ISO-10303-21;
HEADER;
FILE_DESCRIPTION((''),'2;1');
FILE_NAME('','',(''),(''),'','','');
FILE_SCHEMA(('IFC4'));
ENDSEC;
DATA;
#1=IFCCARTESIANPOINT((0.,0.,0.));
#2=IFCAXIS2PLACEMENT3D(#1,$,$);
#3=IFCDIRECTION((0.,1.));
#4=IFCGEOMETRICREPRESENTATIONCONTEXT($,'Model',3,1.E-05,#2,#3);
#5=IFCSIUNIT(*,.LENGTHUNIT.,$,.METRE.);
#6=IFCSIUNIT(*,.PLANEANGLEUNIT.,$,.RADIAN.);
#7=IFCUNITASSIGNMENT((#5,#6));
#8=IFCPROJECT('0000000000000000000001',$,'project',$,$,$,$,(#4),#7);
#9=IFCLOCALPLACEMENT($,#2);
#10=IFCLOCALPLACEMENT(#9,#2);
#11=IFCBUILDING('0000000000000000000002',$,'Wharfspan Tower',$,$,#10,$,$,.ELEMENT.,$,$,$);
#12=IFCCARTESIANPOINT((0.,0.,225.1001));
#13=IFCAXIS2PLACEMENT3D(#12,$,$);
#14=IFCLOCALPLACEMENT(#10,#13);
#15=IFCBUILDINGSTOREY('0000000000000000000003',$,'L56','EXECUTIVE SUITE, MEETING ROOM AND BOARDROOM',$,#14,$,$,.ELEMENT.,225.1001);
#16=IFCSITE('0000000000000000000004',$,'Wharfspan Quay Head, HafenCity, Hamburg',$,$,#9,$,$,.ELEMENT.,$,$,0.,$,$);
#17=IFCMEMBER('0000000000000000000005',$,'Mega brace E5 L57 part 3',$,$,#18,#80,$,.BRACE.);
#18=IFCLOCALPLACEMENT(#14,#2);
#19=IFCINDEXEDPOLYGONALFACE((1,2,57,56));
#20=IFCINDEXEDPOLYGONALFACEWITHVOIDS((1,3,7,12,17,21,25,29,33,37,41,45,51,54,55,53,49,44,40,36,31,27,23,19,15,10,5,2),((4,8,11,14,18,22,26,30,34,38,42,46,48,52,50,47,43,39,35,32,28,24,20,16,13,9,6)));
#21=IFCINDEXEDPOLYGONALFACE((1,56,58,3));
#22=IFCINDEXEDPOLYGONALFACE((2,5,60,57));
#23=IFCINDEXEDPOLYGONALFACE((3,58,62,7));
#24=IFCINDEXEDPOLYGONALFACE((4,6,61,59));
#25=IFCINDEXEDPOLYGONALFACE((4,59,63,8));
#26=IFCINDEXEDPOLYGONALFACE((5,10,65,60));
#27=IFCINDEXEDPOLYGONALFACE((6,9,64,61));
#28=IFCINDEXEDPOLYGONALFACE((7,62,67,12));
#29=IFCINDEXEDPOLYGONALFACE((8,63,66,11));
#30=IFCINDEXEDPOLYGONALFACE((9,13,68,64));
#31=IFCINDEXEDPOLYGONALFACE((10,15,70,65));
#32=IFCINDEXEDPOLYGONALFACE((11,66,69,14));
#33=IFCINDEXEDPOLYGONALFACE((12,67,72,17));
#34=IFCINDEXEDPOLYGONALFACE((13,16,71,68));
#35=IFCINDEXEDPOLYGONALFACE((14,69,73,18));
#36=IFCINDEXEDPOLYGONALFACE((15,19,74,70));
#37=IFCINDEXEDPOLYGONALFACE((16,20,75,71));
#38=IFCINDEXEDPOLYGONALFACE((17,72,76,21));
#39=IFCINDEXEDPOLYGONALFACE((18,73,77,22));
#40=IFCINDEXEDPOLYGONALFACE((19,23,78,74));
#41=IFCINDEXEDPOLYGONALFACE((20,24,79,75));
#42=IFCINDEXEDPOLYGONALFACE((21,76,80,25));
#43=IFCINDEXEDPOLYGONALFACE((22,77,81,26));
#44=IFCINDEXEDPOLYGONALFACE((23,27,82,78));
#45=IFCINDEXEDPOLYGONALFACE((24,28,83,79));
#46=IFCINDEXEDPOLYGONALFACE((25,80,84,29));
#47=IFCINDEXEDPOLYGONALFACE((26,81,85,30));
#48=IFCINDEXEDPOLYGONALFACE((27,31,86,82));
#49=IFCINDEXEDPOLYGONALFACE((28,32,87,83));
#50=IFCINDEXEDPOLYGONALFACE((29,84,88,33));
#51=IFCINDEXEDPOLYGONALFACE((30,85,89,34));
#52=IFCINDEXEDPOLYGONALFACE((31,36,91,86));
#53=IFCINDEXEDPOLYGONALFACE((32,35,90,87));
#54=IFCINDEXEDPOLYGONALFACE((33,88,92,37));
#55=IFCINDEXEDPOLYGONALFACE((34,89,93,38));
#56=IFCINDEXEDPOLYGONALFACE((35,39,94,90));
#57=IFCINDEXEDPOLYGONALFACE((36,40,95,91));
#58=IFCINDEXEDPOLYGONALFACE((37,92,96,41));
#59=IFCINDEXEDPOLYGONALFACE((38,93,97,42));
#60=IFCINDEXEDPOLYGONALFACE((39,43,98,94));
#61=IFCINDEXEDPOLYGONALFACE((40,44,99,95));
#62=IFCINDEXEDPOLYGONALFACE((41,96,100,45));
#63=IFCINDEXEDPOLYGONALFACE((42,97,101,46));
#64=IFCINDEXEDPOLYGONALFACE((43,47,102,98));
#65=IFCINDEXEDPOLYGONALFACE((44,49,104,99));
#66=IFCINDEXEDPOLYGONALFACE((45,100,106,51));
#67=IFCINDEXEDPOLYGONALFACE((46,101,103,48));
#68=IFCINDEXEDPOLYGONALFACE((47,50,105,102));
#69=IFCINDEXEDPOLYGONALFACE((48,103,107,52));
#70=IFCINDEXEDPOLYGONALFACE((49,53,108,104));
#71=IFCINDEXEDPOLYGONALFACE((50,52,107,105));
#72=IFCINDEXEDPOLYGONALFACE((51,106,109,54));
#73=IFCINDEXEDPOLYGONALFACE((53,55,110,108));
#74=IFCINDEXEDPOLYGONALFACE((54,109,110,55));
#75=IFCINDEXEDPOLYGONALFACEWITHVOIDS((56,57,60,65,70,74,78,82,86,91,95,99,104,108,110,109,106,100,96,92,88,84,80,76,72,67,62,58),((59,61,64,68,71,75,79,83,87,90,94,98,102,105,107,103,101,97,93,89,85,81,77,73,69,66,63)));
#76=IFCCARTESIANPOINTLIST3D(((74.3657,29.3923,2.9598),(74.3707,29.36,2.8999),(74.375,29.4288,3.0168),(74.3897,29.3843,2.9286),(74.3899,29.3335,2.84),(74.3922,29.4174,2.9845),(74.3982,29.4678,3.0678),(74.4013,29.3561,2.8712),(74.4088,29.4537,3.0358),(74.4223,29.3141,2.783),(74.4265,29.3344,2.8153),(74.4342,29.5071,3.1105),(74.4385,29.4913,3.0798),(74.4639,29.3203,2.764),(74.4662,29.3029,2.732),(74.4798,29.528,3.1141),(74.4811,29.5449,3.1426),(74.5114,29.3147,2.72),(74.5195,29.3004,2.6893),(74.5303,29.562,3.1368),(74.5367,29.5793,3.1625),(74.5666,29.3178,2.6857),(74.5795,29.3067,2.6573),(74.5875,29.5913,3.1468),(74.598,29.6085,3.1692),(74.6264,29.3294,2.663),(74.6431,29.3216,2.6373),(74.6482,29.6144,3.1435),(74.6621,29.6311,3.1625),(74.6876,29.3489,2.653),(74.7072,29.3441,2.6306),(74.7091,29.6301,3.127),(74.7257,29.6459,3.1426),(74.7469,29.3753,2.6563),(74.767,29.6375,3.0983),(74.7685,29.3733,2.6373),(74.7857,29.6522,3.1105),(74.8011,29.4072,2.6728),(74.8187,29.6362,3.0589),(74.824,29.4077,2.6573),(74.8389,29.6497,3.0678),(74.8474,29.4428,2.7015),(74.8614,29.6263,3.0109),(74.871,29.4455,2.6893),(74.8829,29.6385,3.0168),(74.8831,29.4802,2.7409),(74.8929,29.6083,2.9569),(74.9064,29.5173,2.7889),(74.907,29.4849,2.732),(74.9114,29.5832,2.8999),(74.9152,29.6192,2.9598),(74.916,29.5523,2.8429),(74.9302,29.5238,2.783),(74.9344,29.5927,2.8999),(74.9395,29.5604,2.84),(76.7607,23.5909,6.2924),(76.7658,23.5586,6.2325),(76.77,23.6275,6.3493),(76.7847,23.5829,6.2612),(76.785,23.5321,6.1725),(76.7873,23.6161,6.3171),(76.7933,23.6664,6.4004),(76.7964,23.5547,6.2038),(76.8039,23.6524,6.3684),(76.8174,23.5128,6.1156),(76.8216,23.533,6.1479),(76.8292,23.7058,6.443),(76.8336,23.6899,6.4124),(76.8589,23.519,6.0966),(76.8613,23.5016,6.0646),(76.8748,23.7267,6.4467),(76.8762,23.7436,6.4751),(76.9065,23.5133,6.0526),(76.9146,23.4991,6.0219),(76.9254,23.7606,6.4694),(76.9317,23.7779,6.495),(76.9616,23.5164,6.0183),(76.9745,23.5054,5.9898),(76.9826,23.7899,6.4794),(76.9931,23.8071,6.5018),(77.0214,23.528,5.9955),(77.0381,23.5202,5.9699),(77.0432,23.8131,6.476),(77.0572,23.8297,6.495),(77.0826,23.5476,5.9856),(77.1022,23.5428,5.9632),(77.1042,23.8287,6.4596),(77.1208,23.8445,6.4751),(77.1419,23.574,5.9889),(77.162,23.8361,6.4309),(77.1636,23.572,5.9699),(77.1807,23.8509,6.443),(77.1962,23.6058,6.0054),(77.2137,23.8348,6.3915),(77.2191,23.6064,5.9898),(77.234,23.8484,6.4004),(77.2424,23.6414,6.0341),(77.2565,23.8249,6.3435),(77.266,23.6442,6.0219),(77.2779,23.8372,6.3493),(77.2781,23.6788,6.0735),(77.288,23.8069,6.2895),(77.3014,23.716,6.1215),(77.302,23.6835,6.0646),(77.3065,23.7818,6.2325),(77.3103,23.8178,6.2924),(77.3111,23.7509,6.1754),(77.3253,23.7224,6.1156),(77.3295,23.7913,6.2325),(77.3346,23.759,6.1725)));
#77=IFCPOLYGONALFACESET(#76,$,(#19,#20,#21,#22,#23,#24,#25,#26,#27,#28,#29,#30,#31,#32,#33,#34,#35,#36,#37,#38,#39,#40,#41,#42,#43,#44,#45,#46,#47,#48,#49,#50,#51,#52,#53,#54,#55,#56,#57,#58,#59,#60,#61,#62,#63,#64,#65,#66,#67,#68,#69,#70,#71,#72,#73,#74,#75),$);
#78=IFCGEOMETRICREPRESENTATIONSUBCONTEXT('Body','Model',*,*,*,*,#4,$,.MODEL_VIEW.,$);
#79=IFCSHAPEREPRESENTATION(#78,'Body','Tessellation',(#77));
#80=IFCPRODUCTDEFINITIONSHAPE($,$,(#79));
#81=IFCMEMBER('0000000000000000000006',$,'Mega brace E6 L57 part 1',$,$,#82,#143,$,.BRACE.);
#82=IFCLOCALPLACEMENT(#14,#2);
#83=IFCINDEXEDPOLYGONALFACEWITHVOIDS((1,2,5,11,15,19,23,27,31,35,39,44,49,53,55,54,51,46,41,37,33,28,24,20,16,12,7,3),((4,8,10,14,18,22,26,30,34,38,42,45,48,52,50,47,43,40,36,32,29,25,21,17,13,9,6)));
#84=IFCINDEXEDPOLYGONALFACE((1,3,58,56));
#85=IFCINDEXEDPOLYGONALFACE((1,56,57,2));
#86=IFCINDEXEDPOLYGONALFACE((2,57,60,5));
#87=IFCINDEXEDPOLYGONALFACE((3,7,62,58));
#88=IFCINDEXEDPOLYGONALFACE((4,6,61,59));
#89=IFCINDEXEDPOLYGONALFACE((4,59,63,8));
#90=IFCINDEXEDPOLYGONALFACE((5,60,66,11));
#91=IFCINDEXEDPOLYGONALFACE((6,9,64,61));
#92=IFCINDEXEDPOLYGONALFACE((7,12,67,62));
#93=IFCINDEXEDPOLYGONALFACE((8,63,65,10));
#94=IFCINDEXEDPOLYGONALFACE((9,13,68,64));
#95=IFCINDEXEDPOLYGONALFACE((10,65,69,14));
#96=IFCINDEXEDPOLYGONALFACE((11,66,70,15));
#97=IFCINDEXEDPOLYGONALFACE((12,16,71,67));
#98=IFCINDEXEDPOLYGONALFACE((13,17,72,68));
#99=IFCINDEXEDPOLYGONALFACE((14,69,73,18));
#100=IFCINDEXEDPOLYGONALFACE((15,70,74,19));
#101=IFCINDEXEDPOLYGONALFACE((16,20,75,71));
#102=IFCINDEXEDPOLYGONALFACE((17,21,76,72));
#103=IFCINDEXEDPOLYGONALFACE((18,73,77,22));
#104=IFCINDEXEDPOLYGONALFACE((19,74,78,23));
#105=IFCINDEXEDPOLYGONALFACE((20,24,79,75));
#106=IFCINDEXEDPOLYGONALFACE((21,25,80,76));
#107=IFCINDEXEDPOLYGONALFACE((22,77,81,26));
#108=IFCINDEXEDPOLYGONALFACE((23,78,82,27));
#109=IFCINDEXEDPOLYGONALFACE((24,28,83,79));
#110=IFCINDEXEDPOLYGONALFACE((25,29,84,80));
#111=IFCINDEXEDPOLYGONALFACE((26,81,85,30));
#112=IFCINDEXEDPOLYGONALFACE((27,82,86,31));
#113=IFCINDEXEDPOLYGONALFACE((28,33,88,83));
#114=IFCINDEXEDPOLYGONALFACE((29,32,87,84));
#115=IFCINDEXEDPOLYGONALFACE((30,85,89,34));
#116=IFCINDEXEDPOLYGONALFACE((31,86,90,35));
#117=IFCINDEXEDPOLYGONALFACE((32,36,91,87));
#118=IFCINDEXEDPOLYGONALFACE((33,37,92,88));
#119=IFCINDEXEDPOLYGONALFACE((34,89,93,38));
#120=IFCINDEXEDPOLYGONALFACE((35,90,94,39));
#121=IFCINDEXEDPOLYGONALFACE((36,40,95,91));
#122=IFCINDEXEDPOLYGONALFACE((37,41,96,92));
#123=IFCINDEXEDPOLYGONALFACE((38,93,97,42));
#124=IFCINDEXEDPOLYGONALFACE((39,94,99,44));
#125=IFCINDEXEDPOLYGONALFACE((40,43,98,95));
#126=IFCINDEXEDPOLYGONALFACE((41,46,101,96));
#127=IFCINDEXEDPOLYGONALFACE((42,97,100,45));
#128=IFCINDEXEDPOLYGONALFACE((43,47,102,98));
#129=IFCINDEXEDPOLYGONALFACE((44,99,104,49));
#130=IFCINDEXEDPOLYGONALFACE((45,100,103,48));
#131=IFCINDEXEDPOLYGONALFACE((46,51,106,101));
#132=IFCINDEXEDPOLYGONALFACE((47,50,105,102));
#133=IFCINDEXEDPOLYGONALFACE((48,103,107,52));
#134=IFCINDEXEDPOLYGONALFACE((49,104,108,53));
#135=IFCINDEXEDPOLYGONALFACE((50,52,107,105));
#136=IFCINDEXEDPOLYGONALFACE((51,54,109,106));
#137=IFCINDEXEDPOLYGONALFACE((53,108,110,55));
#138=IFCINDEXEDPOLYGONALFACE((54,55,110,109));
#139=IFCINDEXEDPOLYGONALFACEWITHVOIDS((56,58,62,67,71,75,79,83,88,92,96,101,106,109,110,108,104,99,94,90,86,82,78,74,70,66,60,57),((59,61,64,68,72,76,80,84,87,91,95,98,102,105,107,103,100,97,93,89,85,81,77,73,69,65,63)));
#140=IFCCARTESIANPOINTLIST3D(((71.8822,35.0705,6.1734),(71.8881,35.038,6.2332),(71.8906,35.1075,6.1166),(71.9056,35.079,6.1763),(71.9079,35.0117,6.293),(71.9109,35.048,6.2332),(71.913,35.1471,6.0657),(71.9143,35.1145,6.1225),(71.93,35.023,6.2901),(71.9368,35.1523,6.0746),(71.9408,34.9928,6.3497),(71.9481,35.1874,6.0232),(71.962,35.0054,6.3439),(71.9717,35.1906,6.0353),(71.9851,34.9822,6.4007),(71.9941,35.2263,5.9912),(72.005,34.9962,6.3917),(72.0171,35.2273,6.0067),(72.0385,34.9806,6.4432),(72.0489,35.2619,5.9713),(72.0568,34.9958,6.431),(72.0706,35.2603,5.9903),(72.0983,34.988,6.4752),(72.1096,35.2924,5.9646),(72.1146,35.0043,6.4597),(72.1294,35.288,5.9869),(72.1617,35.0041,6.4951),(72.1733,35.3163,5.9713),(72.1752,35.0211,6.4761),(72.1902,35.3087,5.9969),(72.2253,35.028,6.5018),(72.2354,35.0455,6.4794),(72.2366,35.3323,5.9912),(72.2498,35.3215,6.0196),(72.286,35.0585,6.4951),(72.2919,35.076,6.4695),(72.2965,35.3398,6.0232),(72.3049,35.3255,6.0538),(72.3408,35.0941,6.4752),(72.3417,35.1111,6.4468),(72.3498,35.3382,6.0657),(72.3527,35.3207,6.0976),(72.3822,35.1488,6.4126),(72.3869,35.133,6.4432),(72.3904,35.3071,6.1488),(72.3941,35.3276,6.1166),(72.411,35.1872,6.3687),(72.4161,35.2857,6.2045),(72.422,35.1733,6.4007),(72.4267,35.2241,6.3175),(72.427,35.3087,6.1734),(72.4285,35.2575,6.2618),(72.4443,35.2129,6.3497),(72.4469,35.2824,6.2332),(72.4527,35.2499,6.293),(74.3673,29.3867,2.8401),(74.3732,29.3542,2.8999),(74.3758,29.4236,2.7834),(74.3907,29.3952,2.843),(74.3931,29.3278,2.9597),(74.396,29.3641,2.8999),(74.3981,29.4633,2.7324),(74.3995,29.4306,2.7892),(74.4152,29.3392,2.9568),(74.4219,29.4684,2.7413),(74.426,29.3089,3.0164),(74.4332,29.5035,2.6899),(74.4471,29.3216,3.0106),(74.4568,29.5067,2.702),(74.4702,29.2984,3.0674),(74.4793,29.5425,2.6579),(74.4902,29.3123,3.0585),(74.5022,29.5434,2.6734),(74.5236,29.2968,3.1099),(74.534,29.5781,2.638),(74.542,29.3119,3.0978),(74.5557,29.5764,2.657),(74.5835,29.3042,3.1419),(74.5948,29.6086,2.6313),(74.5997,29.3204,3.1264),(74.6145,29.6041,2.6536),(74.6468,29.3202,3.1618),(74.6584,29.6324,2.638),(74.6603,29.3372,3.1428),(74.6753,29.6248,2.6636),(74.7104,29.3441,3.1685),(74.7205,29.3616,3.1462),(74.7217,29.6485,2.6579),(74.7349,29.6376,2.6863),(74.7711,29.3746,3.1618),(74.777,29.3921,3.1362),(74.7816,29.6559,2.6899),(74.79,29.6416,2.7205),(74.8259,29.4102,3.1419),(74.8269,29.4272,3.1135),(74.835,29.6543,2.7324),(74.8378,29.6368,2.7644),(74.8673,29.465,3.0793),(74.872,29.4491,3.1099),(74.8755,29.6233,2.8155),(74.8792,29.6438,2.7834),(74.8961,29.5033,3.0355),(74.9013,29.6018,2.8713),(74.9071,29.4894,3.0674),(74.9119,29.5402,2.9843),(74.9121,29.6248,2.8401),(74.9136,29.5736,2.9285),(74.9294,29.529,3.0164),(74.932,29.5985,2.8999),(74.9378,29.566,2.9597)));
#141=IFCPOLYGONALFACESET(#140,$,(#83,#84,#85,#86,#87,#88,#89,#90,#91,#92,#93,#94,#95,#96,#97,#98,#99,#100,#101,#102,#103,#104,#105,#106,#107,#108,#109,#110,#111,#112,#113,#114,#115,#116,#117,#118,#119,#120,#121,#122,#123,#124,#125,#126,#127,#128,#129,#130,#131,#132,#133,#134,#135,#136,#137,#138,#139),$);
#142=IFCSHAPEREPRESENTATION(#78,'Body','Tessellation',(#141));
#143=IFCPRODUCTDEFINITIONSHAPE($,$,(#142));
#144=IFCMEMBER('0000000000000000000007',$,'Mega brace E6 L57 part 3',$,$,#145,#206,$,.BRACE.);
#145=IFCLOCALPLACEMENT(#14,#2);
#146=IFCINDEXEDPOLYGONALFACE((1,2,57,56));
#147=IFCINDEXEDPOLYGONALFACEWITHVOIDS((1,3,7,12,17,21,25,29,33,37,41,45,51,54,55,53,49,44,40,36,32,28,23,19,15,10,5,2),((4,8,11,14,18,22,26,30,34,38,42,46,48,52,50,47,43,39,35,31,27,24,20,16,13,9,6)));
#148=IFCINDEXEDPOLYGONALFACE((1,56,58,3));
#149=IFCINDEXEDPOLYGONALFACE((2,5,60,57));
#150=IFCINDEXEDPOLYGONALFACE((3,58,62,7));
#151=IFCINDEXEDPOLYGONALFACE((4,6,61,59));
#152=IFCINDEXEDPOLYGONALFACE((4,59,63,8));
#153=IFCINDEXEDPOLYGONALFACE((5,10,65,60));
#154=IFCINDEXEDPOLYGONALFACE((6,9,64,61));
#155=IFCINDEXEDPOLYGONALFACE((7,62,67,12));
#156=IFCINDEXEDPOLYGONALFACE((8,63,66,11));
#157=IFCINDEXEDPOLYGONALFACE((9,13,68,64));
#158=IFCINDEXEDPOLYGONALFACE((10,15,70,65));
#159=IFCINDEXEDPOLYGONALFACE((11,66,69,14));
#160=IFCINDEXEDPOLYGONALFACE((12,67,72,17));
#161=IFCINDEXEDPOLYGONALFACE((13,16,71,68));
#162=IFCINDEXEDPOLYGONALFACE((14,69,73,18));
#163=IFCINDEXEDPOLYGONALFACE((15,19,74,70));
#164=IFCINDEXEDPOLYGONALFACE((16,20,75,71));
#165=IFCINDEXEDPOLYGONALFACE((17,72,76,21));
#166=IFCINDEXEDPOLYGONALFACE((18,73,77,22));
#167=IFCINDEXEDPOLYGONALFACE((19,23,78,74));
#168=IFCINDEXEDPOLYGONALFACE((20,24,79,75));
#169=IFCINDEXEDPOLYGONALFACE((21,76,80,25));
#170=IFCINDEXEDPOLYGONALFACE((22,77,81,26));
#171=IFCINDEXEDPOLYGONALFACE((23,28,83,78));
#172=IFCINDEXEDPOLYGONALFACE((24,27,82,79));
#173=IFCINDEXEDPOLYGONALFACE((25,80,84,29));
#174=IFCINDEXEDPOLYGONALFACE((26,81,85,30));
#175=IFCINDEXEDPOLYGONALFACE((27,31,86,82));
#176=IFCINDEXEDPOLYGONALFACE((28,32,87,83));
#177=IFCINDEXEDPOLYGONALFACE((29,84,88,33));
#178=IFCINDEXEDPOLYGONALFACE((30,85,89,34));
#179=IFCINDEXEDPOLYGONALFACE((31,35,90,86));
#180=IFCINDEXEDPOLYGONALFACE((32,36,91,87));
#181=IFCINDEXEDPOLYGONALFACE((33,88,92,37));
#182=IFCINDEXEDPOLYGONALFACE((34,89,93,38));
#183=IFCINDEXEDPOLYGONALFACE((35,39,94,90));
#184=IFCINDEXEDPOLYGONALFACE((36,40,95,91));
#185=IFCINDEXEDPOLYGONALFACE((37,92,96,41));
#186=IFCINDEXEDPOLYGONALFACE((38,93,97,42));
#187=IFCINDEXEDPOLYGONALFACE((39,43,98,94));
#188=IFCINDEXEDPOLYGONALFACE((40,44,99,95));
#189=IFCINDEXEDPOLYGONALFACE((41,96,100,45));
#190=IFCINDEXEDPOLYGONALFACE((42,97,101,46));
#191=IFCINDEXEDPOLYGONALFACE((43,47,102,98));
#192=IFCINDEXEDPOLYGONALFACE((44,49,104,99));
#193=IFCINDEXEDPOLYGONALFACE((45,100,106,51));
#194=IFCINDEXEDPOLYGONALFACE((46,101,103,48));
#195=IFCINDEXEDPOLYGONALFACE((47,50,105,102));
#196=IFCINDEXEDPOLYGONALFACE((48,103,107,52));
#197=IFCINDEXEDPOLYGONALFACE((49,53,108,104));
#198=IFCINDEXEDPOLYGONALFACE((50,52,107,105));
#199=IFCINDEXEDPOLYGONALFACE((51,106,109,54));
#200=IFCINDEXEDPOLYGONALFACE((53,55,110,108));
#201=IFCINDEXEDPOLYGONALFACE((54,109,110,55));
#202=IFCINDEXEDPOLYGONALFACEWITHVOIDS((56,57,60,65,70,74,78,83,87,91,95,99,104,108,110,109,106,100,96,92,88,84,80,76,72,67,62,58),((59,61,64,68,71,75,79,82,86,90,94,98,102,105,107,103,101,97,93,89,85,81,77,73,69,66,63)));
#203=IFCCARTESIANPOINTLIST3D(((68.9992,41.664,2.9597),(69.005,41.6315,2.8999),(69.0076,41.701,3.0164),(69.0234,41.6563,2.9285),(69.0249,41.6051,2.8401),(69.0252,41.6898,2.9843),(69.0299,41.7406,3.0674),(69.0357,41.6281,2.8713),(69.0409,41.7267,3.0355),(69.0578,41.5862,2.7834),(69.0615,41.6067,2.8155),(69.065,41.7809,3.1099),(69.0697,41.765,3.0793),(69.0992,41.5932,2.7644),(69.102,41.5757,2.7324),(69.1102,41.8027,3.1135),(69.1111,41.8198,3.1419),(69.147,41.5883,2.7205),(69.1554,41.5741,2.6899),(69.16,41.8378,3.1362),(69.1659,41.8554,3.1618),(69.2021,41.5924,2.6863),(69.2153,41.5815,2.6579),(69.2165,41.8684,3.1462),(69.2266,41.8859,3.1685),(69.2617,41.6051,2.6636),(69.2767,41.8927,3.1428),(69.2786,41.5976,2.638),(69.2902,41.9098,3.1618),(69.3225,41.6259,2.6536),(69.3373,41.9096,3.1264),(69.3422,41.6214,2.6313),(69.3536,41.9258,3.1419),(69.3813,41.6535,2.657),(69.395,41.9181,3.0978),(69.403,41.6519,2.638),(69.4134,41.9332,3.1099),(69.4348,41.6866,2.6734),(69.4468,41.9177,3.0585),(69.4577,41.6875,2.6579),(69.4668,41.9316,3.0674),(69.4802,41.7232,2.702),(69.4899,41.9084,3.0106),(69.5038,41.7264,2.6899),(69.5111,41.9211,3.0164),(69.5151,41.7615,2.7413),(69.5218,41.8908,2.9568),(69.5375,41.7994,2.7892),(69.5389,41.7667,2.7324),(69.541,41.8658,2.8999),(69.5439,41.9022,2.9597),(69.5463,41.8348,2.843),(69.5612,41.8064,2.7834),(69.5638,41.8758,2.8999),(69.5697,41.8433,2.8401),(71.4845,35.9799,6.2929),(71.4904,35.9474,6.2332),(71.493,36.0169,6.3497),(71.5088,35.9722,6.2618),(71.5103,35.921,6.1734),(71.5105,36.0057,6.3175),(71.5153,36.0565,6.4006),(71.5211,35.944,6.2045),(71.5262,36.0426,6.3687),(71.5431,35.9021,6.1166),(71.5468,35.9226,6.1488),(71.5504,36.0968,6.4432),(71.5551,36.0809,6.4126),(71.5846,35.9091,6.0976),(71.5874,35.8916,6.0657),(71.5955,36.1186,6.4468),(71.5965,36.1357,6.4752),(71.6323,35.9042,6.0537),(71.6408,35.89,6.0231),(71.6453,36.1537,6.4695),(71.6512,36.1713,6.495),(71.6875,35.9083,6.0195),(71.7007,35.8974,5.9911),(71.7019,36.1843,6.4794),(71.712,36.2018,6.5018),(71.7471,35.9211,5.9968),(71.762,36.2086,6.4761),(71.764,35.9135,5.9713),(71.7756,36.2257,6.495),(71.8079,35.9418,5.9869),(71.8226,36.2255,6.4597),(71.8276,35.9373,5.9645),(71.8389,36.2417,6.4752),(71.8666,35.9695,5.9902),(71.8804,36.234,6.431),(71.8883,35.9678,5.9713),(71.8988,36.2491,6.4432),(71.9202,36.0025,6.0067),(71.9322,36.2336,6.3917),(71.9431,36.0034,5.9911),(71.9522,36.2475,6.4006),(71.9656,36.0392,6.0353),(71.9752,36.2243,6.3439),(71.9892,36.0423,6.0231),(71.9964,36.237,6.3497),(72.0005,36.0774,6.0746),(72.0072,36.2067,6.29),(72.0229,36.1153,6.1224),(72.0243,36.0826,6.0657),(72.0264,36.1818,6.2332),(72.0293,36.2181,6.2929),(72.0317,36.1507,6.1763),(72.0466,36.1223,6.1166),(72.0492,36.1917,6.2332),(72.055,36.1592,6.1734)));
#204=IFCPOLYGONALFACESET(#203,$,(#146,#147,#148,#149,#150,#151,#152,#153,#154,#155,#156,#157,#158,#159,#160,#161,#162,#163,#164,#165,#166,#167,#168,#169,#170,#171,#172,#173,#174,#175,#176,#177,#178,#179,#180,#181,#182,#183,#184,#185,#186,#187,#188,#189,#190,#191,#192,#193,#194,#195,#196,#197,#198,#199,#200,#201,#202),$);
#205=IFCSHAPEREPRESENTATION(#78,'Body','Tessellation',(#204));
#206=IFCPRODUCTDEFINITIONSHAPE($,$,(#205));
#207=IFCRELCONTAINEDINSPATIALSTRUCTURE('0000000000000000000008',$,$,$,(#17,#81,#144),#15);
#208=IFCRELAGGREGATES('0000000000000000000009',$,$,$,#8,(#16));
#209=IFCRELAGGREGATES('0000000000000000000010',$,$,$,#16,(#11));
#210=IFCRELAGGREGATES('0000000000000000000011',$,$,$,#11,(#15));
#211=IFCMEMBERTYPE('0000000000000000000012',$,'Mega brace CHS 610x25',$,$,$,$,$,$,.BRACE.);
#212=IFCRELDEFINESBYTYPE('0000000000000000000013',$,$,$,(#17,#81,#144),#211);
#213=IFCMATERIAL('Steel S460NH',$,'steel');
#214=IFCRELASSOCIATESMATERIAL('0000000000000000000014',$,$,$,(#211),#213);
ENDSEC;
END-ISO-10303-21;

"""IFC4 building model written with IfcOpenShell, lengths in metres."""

from ifc_helpers import new_model, si_unit, direction, frame, origin, origin_2d, place, context, subcontext, project, spatial, hollow_circle, extrude, material, material_profile, profile_set, type_object, element, save


model = new_model("IFC4")

# Units and contexts
model_context = context("Model", 3, precision=1e-05, world=origin(), true_north=direction((0.0, 1.0)))
body_context = subcontext(model_context, "Body", "Model", "MODEL_VIEW")
ifc_project = project(units=[si_unit("LENGTHUNIT", "METRE"), si_unit("PLANEANGLEUNIT", "RADIAN")], contexts=[model_context])

# Site, building, storey
site_placement = place(None, origin())
site = spatial("IfcSite", under=ifc_project, at=site_placement, Name="Wharfspan Quay Head, HafenCity, Hamburg", CompositionType="ELEMENT", RefElevation=0.0)
building_placement = place(site_placement, origin())
building = spatial("IfcBuilding", under=site, at=building_placement, Name="Wharfspan Tower", CompositionType="ELEMENT")
storey_placement = place(building_placement, frame((0.0, 0.0, 225.1001)))
storey = spatial("IfcBuildingStorey", under=building, at=storey_placement, Name="L56", Description="EXECUTIVE SUITE, MEETING ROOM AND BOARDROOM", CompositionType="ELEMENT", Elevation=225.1001)

# Members
ifc_material_1 = material(Name="Steel S460NH", Category="steel")
ifc_material_profile_1 = material_profile(ifc_material_1, hollow_circle(Radius=0.3049, WallThickness=0.0249, at=origin_2d()))
ifc_profile_set_1 = profile_set([ifc_material_profile_1], Name="Steel S460NH")
member_type_1 = type_object("IfcMemberType", Name="Mega brace CHS 610x25", PredefinedType="BRACE", material=ifc_profile_set_1)
member_1_placement = place(storey_placement, frame((74.6526, 29.4763, 2.8999), z_axis=(0.337038, -0.81638, 0.468967), x_axis=(0.924329, 0.381603, -0.000002)))
element("IfcMember", 1, at=member_1_placement, inside=storey, type_object=member_type_1, Name="Mega brace E5 L57 part 3", PredefinedType="BRACE", context=body_context, shape_type="SweptSolid", body=[
    extrude(hollow_circle(Radius=0.3049, WallThickness=0.0249, at=origin_2d()), origin(), (0.0, 0.0, 1.0), 7.1062),
])
member_2_placement = place(storey_placement, frame((74.6526, 29.4763, 2.8999), z_axis=(-0.352889, 0.807113, 0.473327), x_axis=(-0.916248, -0.400606, 0.000001)))
element("IfcMember", 2, at=member_2_placement, inside=storey, type_object=member_type_1, Name="Mega brace E6 L57 part 1", PredefinedType="BRACE", context=body_context, shape_type="SweptSolid", body=[
    extrude(hollow_circle(Radius=0.3049, WallThickness=0.0249, at=origin_2d()), origin(), (0.0, 0.0, 1.0), 7.0422),
])
member_3_placement = place(storey_placement, frame((69.2844, 41.7537, 2.8999), z_axis=(0.352909, -0.807115, 0.473307), x_axis=(0.916238, 0.400621, -0.000003)))
element("IfcMember", 3, at=member_3_placement, inside=storey, type_object=member_type_1, Name="Mega brace E6 L57 part 3", PredefinedType="BRACE", context=body_context, shape_type="SweptSolid", body=[
    extrude(hollow_circle(Radius=0.3049, WallThickness=0.0249, at=origin_2d()), origin(), (0.0, 0.0, 1.0), 7.0425),
])

save(model, "model.ifc")
